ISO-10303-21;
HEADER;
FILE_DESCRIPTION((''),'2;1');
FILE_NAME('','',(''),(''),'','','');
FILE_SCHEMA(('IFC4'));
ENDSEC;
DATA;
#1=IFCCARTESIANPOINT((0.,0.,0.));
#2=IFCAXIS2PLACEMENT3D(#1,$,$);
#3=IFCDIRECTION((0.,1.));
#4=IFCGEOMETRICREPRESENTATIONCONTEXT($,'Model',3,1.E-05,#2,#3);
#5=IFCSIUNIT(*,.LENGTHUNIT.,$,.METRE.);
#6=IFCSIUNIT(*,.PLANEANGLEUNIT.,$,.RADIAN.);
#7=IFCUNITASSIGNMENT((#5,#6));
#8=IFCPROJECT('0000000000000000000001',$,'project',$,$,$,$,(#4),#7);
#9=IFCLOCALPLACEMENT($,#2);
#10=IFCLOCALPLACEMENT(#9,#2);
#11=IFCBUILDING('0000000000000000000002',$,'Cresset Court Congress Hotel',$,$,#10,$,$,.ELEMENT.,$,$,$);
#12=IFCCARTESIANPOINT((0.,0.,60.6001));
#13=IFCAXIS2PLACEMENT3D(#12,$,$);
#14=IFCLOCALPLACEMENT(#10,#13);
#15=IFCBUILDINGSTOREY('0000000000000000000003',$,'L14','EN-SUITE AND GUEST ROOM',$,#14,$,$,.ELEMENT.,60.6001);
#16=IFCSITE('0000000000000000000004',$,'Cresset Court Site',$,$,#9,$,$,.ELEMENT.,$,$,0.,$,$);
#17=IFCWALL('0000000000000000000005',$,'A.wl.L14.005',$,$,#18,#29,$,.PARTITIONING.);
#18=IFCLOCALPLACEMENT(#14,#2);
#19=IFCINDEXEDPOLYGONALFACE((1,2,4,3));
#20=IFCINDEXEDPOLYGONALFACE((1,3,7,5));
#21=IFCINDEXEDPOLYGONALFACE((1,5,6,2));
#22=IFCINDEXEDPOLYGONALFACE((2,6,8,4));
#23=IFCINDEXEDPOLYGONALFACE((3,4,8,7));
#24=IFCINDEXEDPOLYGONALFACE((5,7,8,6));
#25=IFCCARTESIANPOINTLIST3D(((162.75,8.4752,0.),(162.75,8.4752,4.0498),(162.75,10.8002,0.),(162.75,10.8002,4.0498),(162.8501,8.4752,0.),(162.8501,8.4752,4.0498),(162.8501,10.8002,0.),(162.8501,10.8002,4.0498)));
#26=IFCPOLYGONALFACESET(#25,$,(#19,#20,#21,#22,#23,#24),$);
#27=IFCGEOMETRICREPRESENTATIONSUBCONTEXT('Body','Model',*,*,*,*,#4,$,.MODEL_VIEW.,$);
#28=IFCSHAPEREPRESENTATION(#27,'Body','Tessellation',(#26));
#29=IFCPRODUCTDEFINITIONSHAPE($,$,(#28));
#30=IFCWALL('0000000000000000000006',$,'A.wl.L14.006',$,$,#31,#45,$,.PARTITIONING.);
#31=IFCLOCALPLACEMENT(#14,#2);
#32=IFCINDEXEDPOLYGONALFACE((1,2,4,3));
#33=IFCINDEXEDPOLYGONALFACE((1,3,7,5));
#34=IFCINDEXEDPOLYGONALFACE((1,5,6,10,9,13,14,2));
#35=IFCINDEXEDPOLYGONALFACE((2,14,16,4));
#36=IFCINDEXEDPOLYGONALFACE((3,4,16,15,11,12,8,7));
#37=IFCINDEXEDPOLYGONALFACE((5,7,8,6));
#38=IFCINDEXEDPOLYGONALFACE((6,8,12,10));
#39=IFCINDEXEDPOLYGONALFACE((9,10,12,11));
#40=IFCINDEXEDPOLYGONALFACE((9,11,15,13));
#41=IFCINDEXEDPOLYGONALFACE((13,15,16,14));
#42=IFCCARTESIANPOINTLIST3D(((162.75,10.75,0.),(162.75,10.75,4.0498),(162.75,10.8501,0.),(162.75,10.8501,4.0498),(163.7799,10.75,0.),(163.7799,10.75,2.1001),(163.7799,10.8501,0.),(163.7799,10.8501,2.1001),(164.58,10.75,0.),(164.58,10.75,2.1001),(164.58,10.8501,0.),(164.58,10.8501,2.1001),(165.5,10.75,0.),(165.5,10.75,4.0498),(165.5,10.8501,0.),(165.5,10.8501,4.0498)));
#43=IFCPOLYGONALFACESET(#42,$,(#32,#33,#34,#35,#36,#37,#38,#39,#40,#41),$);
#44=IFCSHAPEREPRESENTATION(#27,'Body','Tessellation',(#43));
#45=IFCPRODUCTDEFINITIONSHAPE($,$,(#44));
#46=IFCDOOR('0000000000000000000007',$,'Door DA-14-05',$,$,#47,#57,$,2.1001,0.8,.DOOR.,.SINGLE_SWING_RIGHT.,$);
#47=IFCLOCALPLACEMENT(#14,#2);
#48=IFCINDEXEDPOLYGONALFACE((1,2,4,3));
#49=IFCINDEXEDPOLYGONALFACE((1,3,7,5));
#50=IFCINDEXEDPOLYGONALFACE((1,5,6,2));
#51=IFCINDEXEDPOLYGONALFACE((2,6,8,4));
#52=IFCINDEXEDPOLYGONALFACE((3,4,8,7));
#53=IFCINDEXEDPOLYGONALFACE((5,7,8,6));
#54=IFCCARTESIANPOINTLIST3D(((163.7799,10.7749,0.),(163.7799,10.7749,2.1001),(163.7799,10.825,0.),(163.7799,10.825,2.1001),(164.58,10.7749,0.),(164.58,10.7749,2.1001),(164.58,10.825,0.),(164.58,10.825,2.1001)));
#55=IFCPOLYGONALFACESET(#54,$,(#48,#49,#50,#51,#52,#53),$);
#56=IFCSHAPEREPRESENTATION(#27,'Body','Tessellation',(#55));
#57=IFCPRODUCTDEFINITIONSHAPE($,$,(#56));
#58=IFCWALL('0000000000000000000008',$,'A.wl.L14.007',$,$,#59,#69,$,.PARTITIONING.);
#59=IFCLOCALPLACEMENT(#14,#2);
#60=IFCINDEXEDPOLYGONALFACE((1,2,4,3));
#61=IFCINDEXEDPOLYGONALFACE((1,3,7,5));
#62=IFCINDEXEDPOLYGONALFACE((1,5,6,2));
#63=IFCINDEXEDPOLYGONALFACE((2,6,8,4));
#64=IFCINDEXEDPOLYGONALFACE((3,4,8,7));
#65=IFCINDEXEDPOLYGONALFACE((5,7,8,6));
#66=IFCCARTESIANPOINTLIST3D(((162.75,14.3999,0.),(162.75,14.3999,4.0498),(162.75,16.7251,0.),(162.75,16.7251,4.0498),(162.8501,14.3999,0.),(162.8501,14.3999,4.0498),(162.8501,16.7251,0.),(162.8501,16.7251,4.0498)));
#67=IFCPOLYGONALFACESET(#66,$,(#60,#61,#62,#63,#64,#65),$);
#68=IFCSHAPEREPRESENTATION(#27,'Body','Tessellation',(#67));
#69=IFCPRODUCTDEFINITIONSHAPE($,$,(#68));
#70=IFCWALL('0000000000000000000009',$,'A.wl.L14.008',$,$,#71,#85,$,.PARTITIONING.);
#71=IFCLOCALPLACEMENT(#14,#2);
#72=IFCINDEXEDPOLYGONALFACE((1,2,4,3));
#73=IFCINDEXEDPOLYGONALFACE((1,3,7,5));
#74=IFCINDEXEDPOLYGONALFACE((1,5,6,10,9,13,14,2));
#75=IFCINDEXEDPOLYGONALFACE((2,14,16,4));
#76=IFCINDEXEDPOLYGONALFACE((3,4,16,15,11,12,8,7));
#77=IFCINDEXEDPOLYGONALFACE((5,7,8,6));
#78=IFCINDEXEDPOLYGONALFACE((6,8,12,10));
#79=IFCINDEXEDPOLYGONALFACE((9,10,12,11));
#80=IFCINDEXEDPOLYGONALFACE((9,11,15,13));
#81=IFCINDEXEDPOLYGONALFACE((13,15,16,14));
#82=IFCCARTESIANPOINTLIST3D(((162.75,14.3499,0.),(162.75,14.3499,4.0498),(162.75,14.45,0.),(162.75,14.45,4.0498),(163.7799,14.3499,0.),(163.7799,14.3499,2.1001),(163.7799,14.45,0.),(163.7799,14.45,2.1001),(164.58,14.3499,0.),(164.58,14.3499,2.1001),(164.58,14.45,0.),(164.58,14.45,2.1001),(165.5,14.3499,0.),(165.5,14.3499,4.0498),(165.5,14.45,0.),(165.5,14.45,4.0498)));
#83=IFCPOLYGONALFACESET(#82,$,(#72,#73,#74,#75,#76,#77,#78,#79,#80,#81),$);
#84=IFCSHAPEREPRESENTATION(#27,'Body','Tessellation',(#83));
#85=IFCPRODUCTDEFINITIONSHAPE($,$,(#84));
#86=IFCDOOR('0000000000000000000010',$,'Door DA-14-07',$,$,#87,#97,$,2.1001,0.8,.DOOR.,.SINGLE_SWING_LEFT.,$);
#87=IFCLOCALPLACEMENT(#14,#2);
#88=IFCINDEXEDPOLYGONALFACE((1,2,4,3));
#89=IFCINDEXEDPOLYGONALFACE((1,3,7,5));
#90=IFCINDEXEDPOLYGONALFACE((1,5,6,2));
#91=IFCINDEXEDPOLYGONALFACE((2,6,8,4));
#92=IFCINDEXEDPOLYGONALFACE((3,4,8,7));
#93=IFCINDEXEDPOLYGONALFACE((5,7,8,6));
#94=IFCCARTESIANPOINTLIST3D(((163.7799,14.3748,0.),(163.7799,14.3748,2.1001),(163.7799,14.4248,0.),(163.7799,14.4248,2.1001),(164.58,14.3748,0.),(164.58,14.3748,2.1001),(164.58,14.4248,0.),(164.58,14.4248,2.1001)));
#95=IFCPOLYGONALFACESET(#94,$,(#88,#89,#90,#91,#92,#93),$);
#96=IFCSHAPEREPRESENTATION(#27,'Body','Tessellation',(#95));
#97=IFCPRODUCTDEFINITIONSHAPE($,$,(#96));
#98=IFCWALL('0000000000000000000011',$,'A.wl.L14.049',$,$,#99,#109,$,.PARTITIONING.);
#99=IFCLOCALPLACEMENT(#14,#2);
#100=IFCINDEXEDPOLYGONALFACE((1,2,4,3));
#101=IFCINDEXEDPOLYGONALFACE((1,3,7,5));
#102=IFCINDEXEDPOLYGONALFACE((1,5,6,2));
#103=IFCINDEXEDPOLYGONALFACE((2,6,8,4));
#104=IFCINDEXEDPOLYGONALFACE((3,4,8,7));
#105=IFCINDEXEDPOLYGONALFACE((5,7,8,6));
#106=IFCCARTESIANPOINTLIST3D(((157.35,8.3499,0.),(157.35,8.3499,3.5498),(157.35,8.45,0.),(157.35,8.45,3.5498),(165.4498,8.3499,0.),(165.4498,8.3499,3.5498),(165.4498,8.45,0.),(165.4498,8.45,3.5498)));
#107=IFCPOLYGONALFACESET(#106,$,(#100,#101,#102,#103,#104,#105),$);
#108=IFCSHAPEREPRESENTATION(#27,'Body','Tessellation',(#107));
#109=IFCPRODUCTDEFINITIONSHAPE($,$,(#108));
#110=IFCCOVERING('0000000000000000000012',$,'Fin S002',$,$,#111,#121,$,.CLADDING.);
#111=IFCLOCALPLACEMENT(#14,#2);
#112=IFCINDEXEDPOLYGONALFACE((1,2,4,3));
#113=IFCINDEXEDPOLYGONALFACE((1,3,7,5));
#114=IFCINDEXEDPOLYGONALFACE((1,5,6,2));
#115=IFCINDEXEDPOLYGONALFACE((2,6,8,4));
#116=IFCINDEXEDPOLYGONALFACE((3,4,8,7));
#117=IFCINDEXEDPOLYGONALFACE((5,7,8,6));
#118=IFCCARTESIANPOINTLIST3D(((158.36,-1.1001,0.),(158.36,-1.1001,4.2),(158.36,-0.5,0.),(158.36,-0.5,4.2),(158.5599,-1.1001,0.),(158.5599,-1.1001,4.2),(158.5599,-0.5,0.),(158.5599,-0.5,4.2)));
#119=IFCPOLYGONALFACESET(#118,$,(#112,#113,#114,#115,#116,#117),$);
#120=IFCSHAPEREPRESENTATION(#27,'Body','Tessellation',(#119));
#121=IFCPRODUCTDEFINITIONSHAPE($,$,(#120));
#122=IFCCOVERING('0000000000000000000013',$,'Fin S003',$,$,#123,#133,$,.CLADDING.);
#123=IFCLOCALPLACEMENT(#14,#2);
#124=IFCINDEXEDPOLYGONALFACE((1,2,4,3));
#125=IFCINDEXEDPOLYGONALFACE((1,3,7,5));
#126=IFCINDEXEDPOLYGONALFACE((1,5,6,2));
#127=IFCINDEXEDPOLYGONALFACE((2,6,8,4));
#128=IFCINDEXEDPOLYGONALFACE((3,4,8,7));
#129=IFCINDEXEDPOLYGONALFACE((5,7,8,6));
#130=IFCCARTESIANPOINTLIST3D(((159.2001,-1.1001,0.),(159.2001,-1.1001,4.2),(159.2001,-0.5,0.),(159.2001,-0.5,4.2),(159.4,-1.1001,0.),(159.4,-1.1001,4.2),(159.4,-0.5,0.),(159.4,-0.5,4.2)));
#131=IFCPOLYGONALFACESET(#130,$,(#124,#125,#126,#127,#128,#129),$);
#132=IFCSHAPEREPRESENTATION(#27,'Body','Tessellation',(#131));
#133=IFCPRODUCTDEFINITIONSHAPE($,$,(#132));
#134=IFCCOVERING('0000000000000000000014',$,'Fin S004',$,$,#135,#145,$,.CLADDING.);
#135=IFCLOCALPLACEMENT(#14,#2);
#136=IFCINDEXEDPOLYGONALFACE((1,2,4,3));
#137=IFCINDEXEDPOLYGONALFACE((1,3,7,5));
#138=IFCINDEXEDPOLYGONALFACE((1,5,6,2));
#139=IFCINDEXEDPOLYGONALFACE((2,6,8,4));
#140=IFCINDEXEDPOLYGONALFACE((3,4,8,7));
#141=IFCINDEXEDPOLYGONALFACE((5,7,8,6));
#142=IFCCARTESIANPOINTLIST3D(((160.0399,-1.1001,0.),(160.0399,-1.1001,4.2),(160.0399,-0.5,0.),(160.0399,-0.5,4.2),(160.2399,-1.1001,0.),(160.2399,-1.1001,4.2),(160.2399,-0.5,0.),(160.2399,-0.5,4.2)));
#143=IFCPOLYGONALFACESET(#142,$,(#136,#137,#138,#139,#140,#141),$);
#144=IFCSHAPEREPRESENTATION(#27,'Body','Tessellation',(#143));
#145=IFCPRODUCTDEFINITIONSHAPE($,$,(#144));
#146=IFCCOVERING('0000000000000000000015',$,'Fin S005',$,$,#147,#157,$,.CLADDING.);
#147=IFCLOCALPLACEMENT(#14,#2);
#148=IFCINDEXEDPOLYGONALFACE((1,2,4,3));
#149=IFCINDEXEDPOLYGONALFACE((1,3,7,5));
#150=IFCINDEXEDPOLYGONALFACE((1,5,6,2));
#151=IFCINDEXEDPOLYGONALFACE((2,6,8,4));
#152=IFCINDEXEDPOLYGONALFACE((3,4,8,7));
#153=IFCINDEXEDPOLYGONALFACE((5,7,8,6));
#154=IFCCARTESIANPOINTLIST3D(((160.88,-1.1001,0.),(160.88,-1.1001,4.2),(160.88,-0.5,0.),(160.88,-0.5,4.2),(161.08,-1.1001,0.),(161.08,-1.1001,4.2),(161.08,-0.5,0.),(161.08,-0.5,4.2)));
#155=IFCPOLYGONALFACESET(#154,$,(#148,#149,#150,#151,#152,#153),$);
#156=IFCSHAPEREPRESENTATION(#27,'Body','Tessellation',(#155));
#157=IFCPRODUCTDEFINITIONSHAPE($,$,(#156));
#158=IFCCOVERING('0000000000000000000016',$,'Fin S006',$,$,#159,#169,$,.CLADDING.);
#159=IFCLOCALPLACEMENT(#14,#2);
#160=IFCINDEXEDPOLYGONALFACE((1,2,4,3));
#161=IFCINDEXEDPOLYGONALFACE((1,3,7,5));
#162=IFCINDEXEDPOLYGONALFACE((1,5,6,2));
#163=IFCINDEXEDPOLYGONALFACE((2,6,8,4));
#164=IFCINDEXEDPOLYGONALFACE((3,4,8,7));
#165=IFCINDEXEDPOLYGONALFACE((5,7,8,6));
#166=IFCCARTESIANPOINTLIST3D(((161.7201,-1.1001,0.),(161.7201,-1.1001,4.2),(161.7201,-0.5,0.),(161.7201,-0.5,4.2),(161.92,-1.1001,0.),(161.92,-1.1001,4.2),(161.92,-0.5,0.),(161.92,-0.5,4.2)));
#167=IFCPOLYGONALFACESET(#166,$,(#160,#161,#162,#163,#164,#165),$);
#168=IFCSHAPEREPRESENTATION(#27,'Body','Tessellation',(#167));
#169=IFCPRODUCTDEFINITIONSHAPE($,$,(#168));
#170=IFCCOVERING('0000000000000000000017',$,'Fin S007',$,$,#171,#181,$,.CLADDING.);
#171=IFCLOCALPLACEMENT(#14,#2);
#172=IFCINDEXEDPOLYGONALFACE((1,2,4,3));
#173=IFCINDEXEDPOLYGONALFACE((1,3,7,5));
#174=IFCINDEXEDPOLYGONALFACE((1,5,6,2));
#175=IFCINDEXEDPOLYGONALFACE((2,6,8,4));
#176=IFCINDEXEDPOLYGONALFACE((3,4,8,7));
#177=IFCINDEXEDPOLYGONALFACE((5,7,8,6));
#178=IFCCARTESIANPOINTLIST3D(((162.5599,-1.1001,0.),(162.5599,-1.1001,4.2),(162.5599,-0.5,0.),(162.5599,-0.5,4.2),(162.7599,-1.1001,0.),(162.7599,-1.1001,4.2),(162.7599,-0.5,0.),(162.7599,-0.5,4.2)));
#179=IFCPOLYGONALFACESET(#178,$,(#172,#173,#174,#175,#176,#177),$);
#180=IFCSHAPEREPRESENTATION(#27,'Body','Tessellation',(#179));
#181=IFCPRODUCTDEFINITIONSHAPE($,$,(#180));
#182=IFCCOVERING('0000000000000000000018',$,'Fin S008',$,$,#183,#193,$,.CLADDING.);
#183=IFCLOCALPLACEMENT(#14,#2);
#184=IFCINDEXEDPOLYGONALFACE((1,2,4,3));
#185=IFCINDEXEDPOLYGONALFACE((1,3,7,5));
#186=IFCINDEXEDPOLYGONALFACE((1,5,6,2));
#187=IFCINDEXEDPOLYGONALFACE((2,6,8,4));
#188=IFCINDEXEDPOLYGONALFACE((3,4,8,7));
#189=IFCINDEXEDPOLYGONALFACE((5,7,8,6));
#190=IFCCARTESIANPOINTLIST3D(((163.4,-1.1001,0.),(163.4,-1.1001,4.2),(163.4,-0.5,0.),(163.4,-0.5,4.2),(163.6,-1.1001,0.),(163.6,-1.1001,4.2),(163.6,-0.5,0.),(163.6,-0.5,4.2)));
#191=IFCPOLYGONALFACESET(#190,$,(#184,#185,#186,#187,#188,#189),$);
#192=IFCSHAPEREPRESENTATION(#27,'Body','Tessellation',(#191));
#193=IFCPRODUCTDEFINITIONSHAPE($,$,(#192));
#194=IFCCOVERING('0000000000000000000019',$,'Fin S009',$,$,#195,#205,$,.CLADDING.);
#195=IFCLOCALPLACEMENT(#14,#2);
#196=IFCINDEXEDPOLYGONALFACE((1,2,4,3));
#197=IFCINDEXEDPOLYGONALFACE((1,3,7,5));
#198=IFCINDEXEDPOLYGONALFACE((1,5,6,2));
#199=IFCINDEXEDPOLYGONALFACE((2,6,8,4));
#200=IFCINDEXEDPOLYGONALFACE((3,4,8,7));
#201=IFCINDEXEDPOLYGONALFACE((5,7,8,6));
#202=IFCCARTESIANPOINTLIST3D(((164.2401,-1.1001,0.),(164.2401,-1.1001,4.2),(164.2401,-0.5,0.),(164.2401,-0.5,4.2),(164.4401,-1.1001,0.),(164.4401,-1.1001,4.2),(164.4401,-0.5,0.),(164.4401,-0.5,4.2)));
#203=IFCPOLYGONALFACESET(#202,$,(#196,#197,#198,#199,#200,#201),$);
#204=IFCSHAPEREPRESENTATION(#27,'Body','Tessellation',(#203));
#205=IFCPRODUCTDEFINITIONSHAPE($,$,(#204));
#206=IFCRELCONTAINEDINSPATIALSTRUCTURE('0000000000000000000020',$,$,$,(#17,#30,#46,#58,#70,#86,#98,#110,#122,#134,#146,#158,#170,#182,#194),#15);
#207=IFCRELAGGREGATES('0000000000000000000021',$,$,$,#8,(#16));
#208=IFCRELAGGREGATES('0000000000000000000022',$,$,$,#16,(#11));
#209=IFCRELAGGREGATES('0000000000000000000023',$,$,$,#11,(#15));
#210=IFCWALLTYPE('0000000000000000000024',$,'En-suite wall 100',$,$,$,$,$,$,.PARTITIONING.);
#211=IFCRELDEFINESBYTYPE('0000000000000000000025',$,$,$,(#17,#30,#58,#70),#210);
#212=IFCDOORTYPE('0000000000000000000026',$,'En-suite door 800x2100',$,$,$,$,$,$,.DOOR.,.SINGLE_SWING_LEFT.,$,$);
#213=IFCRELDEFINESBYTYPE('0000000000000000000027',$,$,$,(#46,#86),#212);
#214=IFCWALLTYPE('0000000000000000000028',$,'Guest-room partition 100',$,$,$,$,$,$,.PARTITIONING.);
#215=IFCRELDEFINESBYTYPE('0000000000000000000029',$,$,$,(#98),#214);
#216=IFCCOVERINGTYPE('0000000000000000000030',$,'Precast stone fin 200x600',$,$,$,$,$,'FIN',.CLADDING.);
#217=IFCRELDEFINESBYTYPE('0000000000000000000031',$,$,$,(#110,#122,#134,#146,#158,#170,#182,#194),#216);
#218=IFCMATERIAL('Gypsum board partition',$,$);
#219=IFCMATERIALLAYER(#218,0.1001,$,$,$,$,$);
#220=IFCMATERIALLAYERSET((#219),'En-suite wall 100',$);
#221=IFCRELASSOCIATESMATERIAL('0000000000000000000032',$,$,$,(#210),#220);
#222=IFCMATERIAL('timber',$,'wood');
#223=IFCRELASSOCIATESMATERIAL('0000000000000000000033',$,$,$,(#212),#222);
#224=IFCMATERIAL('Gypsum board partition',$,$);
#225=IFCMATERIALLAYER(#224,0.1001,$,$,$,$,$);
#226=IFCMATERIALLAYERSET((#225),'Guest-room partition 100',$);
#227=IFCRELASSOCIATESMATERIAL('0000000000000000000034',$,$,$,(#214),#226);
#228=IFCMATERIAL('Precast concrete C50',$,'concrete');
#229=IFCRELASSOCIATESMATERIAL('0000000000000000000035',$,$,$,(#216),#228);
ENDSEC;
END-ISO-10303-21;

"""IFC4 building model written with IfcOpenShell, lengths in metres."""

from ifc_helpers import new_model, si_unit, direction, frame, frame_2d, origin, origin_2d, place, context, subcontext, project, spatial, rectangle, extrude, material, layer, layer_set, type_object, element, fill, save


model = new_model("IFC4")

# Units and contexts
model_context = context("Model", 3, precision=1e-05, world=origin(), true_north=direction((0.0, 1.0)))
body_context = subcontext(model_context, "Body", "Model", "MODEL_VIEW")
ifc_project = project(units=[si_unit("LENGTHUNIT", "METRE"), si_unit("PLANEANGLEUNIT", "RADIAN")], contexts=[model_context])

# Site, building, storey
site_placement = place(None, origin())
site = spatial("IfcSite", under=ifc_project, at=site_placement, Name="Cresset Court Site", CompositionType="ELEMENT", RefElevation=0.0)
building_placement = place(site_placement, origin())
building = spatial("IfcBuilding", under=site, at=building_placement, Name="Cresset Court Congress Hotel", CompositionType="ELEMENT")
storey_placement = place(building_placement, frame((0.0, 0.0, 60.6001)))
storey = spatial("IfcBuildingStorey", under=building, at=storey_placement, Name="L14", Description="EN-SUITE AND GUEST ROOM", CompositionType="ELEMENT", Elevation=60.6001)

# Shared definitions
ifc_material_1 = material(Name="Gypsum board partition")
ifc_layer_1 = layer(ifc_material_1, 0.1001)
ifc_layer_set_1 = layer_set([ifc_layer_1], Name="En-suite wall 100")
wall_type_1 = type_object("IfcWallType", Name="En-suite wall 100", PredefinedType="PARTITIONING", material=ifc_layer_set_1)

# Shared definitions
ifc_material_2 = material(Name="timber", Category="wood")
door_type = type_object("IfcDoorType", Name="En-suite door 800x2100", OperationType="SINGLE_SWING_LEFT", PredefinedType="DOOR", material=ifc_material_2)

# Wall
wall_1_placement = place(storey_placement, frame((162.8, 8.4751, 0.0), z_axis=(0.0, 0.0, 1.0), x_axis=(0.0, 1.0, 0.0)))
element("IfcWall", 1, at=wall_1_placement, inside=storey, type_object=wall_type_1, Name="A.wl.L14.005", PredefinedType="PARTITIONING", context=body_context, shape_type="SweptSolid", body=[
    extrude(rectangle(XDim=2.325, YDim=0.1001, at=frame_2d((1.1626, 0.0))), origin(), (0.0, 0.0, 1.0), 4.0498),
])

# Wall, opening, door
wall_2_placement = place(storey_placement, frame((162.75, 10.8, 0.0), z_axis=(0.0, 0.0, 1.0), x_axis=(1.0, 0.0, 0.0)))
wall_2 = element("IfcWall", 2, at=wall_2_placement, inside=storey, type_object=wall_type_1, Name="A.wl.L14.006", PredefinedType="PARTITIONING", context=body_context, shape_type="SweptSolid", body=[
    extrude(rectangle(XDim=2.75, YDim=0.1001, at=frame_2d((1.375, 0.0))), origin(), (0.0, 0.0, 1.0), 4.0498),
])
opening_1_placement = place(wall_2_placement, frame((1.03, 0.0, 0.0)))
opening_1 = element("IfcOpeningElement", 3, at=opening_1_placement, cuts=wall_2, PredefinedType="OPENING", context=body_context, shape_type="SweptSolid", body=[
    extrude(rectangle(XDim=0.8, YDim=2.1001, at=frame_2d((0.3999, 1.05))), frame((0.0, 0.0601, 0.0), z_axis=(0.0, -1.0, 0.0), x_axis=(1.0, 0.0, 0.0)), (0.0, 0.0, 1.0), 0.1201),
])
door_1_placement = place(opening_1_placement, origin())
door_1 = element("IfcDoor", 4, at=door_1_placement, inside=storey, type_object=door_type, Name="Door DA-14-05", OperationType="SINGLE_SWING_RIGHT", OverallHeight=2.1001, OverallWidth=0.8, PredefinedType="DOOR", context=body_context, shape_type="SweptSolid", body=[
    extrude(rectangle(XDim=0.8, YDim=2.1001, at=frame_2d((0.3999, 1.05))), frame((0.0, 0.0249, 0.0), z_axis=(0.0, -1.0, 0.0), x_axis=(1.0, 0.0, 0.0)), (0.0, 0.0, 1.0), 0.05),
])
fill(opening_1, door_1)

# Wall
wall_3_placement = place(storey_placement, frame((162.8, 14.3999, 0.0), z_axis=(0.0, 0.0, 1.0), x_axis=(0.0, 1.0, 0.0)))
element("IfcWall", 5, at=wall_3_placement, inside=storey, type_object=wall_type_1, Name="A.wl.L14.007", PredefinedType="PARTITIONING", context=body_context, shape_type="SweptSolid", body=[
    extrude(rectangle(XDim=2.3252, YDim=0.1001, at=frame_2d((1.1626, 0.0))), origin(), (0.0, 0.0, 1.0), 4.0498),
])

# Wall, opening, door
wall_4_placement = place(storey_placement, frame((162.75, 14.3999, 0.0), z_axis=(0.0, 0.0, 1.0), x_axis=(1.0, 0.0, 0.0)))
wall_4 = element("IfcWall", 6, at=wall_4_placement, inside=storey, type_object=wall_type_1, Name="A.wl.L14.008", PredefinedType="PARTITIONING", context=body_context, shape_type="SweptSolid", body=[
    extrude(rectangle(XDim=2.75, YDim=0.1001, at=frame_2d((1.375, 0.0))), origin(), (0.0, 0.0, 1.0), 4.0498),
])
opening_2_placement = place(wall_4_placement, frame((1.03, 0.0, 0.0)))
opening_2 = element("IfcOpeningElement", 7, at=opening_2_placement, cuts=wall_4, PredefinedType="OPENING", context=body_context, shape_type="SweptSolid", body=[
    extrude(rectangle(XDim=0.8, YDim=2.1001, at=frame_2d((0.3999, 1.05))), frame((0.0, 0.0601, 0.0), z_axis=(0.0, -1.0, 0.0), x_axis=(1.0, 0.0, 0.0)), (0.0, 0.0, 1.0), 0.1201),
])
door_2_placement = place(opening_2_placement, origin())
door_2 = element("IfcDoor", 8, at=door_2_placement, inside=storey, type_object=door_type, Name="Door DA-14-07", OperationType="SINGLE_SWING_LEFT", OverallHeight=2.1001, OverallWidth=0.8, PredefinedType="DOOR", context=body_context, shape_type="SweptSolid", body=[
    extrude(rectangle(XDim=0.8, YDim=2.1001, at=frame_2d((0.3999, 1.05))), frame((0.0, 0.0249, 0.0), z_axis=(0.0, -1.0, 0.0), x_axis=(1.0, 0.0, 0.0)), (0.0, 0.0, 1.0), 0.05),
])
fill(opening_2, door_2)

# Wall
ifc_material_3 = material(Name="Gypsum board partition")
ifc_layer_2 = layer(ifc_material_3, 0.1001)
ifc_layer_set_2 = layer_set([ifc_layer_2], Name="Guest-room partition 100")
wall_type_2 = type_object("IfcWallType", Name="Guest-room partition 100", PredefinedType="PARTITIONING", material=ifc_layer_set_2)
wall_5_placement = place(storey_placement, frame((157.3501, 8.3999, 0.0), z_axis=(0.0, 0.0, 1.0), x_axis=(1.0, 0.0, 0.0)))
element("IfcWall", 9, at=wall_5_placement, inside=storey, type_object=wall_type_2, Name="A.wl.L14.049", PredefinedType="PARTITIONING", context=body_context, shape_type="SweptSolid", body=[
    extrude(rectangle(XDim=8.0999, YDim=0.1001, at=frame_2d((4.0498, 0.0))), origin(), (0.0, 0.0, 1.0), 3.5498),
])

# Coverings
ifc_material_4 = material(Name="Precast concrete C50", Category="concrete")
covering_type = type_object("IfcCoveringType", Name="Precast stone fin 200x600", ElementType="FIN", PredefinedType="CLADDING", material=ifc_material_4)
for number, where, z_axis, x_axis, name in (
    (10, (158.46, -0.8, 0.0), (0.0, 0.0, 1.0), (1.0, 0.0, 0.0), "Fin S002"),
    (11, (159.3, -0.8, 0.0), (0.0, 0.0, 1.0), (1.0, 0.0, 0.0), "Fin S003"),
    (12, (160.1399, -0.8, 0.0), (0.0, 0.0, 1.0), (1.0, 0.0, 0.0), "Fin S004"),
    (13, (160.98, -0.8, 0.0), (0.0, 0.0, 1.0), (1.0, 0.0, 0.0), "Fin S005"),
    (14, (161.8201, -0.8, 0.0), (0.0, 0.0, 1.0), (1.0, 0.0, 0.0), "Fin S006"),
    (15, (162.6599, -0.8, 0.0), (0.0, 0.0, 1.0), (1.0, 0.0, 0.0), "Fin S007"),
    (16, (163.5, -0.8, 0.0), (0.0, 0.0, 1.0), (1.0, 0.0, 0.0), "Fin S008"),
    (17, (164.3401, -0.8, 0.0), (0.0, 0.0, 1.0), (1.0, 0.0, 0.0), "Fin S009"),
):
    element("IfcCovering", number, at=place(storey_placement, frame(where, z_axis=z_axis, x_axis=x_axis)), inside=storey, type_object=covering_type, Name=name, PredefinedType="CLADDING", context=body_context, shape_type="SweptSolid", body=[
        extrude(rectangle(XDim=0.2, YDim=0.6001, at=origin_2d()), origin(), (0.0, 0.0, 1.0), 4.2),
    ])

save(model, "model.ifc")
